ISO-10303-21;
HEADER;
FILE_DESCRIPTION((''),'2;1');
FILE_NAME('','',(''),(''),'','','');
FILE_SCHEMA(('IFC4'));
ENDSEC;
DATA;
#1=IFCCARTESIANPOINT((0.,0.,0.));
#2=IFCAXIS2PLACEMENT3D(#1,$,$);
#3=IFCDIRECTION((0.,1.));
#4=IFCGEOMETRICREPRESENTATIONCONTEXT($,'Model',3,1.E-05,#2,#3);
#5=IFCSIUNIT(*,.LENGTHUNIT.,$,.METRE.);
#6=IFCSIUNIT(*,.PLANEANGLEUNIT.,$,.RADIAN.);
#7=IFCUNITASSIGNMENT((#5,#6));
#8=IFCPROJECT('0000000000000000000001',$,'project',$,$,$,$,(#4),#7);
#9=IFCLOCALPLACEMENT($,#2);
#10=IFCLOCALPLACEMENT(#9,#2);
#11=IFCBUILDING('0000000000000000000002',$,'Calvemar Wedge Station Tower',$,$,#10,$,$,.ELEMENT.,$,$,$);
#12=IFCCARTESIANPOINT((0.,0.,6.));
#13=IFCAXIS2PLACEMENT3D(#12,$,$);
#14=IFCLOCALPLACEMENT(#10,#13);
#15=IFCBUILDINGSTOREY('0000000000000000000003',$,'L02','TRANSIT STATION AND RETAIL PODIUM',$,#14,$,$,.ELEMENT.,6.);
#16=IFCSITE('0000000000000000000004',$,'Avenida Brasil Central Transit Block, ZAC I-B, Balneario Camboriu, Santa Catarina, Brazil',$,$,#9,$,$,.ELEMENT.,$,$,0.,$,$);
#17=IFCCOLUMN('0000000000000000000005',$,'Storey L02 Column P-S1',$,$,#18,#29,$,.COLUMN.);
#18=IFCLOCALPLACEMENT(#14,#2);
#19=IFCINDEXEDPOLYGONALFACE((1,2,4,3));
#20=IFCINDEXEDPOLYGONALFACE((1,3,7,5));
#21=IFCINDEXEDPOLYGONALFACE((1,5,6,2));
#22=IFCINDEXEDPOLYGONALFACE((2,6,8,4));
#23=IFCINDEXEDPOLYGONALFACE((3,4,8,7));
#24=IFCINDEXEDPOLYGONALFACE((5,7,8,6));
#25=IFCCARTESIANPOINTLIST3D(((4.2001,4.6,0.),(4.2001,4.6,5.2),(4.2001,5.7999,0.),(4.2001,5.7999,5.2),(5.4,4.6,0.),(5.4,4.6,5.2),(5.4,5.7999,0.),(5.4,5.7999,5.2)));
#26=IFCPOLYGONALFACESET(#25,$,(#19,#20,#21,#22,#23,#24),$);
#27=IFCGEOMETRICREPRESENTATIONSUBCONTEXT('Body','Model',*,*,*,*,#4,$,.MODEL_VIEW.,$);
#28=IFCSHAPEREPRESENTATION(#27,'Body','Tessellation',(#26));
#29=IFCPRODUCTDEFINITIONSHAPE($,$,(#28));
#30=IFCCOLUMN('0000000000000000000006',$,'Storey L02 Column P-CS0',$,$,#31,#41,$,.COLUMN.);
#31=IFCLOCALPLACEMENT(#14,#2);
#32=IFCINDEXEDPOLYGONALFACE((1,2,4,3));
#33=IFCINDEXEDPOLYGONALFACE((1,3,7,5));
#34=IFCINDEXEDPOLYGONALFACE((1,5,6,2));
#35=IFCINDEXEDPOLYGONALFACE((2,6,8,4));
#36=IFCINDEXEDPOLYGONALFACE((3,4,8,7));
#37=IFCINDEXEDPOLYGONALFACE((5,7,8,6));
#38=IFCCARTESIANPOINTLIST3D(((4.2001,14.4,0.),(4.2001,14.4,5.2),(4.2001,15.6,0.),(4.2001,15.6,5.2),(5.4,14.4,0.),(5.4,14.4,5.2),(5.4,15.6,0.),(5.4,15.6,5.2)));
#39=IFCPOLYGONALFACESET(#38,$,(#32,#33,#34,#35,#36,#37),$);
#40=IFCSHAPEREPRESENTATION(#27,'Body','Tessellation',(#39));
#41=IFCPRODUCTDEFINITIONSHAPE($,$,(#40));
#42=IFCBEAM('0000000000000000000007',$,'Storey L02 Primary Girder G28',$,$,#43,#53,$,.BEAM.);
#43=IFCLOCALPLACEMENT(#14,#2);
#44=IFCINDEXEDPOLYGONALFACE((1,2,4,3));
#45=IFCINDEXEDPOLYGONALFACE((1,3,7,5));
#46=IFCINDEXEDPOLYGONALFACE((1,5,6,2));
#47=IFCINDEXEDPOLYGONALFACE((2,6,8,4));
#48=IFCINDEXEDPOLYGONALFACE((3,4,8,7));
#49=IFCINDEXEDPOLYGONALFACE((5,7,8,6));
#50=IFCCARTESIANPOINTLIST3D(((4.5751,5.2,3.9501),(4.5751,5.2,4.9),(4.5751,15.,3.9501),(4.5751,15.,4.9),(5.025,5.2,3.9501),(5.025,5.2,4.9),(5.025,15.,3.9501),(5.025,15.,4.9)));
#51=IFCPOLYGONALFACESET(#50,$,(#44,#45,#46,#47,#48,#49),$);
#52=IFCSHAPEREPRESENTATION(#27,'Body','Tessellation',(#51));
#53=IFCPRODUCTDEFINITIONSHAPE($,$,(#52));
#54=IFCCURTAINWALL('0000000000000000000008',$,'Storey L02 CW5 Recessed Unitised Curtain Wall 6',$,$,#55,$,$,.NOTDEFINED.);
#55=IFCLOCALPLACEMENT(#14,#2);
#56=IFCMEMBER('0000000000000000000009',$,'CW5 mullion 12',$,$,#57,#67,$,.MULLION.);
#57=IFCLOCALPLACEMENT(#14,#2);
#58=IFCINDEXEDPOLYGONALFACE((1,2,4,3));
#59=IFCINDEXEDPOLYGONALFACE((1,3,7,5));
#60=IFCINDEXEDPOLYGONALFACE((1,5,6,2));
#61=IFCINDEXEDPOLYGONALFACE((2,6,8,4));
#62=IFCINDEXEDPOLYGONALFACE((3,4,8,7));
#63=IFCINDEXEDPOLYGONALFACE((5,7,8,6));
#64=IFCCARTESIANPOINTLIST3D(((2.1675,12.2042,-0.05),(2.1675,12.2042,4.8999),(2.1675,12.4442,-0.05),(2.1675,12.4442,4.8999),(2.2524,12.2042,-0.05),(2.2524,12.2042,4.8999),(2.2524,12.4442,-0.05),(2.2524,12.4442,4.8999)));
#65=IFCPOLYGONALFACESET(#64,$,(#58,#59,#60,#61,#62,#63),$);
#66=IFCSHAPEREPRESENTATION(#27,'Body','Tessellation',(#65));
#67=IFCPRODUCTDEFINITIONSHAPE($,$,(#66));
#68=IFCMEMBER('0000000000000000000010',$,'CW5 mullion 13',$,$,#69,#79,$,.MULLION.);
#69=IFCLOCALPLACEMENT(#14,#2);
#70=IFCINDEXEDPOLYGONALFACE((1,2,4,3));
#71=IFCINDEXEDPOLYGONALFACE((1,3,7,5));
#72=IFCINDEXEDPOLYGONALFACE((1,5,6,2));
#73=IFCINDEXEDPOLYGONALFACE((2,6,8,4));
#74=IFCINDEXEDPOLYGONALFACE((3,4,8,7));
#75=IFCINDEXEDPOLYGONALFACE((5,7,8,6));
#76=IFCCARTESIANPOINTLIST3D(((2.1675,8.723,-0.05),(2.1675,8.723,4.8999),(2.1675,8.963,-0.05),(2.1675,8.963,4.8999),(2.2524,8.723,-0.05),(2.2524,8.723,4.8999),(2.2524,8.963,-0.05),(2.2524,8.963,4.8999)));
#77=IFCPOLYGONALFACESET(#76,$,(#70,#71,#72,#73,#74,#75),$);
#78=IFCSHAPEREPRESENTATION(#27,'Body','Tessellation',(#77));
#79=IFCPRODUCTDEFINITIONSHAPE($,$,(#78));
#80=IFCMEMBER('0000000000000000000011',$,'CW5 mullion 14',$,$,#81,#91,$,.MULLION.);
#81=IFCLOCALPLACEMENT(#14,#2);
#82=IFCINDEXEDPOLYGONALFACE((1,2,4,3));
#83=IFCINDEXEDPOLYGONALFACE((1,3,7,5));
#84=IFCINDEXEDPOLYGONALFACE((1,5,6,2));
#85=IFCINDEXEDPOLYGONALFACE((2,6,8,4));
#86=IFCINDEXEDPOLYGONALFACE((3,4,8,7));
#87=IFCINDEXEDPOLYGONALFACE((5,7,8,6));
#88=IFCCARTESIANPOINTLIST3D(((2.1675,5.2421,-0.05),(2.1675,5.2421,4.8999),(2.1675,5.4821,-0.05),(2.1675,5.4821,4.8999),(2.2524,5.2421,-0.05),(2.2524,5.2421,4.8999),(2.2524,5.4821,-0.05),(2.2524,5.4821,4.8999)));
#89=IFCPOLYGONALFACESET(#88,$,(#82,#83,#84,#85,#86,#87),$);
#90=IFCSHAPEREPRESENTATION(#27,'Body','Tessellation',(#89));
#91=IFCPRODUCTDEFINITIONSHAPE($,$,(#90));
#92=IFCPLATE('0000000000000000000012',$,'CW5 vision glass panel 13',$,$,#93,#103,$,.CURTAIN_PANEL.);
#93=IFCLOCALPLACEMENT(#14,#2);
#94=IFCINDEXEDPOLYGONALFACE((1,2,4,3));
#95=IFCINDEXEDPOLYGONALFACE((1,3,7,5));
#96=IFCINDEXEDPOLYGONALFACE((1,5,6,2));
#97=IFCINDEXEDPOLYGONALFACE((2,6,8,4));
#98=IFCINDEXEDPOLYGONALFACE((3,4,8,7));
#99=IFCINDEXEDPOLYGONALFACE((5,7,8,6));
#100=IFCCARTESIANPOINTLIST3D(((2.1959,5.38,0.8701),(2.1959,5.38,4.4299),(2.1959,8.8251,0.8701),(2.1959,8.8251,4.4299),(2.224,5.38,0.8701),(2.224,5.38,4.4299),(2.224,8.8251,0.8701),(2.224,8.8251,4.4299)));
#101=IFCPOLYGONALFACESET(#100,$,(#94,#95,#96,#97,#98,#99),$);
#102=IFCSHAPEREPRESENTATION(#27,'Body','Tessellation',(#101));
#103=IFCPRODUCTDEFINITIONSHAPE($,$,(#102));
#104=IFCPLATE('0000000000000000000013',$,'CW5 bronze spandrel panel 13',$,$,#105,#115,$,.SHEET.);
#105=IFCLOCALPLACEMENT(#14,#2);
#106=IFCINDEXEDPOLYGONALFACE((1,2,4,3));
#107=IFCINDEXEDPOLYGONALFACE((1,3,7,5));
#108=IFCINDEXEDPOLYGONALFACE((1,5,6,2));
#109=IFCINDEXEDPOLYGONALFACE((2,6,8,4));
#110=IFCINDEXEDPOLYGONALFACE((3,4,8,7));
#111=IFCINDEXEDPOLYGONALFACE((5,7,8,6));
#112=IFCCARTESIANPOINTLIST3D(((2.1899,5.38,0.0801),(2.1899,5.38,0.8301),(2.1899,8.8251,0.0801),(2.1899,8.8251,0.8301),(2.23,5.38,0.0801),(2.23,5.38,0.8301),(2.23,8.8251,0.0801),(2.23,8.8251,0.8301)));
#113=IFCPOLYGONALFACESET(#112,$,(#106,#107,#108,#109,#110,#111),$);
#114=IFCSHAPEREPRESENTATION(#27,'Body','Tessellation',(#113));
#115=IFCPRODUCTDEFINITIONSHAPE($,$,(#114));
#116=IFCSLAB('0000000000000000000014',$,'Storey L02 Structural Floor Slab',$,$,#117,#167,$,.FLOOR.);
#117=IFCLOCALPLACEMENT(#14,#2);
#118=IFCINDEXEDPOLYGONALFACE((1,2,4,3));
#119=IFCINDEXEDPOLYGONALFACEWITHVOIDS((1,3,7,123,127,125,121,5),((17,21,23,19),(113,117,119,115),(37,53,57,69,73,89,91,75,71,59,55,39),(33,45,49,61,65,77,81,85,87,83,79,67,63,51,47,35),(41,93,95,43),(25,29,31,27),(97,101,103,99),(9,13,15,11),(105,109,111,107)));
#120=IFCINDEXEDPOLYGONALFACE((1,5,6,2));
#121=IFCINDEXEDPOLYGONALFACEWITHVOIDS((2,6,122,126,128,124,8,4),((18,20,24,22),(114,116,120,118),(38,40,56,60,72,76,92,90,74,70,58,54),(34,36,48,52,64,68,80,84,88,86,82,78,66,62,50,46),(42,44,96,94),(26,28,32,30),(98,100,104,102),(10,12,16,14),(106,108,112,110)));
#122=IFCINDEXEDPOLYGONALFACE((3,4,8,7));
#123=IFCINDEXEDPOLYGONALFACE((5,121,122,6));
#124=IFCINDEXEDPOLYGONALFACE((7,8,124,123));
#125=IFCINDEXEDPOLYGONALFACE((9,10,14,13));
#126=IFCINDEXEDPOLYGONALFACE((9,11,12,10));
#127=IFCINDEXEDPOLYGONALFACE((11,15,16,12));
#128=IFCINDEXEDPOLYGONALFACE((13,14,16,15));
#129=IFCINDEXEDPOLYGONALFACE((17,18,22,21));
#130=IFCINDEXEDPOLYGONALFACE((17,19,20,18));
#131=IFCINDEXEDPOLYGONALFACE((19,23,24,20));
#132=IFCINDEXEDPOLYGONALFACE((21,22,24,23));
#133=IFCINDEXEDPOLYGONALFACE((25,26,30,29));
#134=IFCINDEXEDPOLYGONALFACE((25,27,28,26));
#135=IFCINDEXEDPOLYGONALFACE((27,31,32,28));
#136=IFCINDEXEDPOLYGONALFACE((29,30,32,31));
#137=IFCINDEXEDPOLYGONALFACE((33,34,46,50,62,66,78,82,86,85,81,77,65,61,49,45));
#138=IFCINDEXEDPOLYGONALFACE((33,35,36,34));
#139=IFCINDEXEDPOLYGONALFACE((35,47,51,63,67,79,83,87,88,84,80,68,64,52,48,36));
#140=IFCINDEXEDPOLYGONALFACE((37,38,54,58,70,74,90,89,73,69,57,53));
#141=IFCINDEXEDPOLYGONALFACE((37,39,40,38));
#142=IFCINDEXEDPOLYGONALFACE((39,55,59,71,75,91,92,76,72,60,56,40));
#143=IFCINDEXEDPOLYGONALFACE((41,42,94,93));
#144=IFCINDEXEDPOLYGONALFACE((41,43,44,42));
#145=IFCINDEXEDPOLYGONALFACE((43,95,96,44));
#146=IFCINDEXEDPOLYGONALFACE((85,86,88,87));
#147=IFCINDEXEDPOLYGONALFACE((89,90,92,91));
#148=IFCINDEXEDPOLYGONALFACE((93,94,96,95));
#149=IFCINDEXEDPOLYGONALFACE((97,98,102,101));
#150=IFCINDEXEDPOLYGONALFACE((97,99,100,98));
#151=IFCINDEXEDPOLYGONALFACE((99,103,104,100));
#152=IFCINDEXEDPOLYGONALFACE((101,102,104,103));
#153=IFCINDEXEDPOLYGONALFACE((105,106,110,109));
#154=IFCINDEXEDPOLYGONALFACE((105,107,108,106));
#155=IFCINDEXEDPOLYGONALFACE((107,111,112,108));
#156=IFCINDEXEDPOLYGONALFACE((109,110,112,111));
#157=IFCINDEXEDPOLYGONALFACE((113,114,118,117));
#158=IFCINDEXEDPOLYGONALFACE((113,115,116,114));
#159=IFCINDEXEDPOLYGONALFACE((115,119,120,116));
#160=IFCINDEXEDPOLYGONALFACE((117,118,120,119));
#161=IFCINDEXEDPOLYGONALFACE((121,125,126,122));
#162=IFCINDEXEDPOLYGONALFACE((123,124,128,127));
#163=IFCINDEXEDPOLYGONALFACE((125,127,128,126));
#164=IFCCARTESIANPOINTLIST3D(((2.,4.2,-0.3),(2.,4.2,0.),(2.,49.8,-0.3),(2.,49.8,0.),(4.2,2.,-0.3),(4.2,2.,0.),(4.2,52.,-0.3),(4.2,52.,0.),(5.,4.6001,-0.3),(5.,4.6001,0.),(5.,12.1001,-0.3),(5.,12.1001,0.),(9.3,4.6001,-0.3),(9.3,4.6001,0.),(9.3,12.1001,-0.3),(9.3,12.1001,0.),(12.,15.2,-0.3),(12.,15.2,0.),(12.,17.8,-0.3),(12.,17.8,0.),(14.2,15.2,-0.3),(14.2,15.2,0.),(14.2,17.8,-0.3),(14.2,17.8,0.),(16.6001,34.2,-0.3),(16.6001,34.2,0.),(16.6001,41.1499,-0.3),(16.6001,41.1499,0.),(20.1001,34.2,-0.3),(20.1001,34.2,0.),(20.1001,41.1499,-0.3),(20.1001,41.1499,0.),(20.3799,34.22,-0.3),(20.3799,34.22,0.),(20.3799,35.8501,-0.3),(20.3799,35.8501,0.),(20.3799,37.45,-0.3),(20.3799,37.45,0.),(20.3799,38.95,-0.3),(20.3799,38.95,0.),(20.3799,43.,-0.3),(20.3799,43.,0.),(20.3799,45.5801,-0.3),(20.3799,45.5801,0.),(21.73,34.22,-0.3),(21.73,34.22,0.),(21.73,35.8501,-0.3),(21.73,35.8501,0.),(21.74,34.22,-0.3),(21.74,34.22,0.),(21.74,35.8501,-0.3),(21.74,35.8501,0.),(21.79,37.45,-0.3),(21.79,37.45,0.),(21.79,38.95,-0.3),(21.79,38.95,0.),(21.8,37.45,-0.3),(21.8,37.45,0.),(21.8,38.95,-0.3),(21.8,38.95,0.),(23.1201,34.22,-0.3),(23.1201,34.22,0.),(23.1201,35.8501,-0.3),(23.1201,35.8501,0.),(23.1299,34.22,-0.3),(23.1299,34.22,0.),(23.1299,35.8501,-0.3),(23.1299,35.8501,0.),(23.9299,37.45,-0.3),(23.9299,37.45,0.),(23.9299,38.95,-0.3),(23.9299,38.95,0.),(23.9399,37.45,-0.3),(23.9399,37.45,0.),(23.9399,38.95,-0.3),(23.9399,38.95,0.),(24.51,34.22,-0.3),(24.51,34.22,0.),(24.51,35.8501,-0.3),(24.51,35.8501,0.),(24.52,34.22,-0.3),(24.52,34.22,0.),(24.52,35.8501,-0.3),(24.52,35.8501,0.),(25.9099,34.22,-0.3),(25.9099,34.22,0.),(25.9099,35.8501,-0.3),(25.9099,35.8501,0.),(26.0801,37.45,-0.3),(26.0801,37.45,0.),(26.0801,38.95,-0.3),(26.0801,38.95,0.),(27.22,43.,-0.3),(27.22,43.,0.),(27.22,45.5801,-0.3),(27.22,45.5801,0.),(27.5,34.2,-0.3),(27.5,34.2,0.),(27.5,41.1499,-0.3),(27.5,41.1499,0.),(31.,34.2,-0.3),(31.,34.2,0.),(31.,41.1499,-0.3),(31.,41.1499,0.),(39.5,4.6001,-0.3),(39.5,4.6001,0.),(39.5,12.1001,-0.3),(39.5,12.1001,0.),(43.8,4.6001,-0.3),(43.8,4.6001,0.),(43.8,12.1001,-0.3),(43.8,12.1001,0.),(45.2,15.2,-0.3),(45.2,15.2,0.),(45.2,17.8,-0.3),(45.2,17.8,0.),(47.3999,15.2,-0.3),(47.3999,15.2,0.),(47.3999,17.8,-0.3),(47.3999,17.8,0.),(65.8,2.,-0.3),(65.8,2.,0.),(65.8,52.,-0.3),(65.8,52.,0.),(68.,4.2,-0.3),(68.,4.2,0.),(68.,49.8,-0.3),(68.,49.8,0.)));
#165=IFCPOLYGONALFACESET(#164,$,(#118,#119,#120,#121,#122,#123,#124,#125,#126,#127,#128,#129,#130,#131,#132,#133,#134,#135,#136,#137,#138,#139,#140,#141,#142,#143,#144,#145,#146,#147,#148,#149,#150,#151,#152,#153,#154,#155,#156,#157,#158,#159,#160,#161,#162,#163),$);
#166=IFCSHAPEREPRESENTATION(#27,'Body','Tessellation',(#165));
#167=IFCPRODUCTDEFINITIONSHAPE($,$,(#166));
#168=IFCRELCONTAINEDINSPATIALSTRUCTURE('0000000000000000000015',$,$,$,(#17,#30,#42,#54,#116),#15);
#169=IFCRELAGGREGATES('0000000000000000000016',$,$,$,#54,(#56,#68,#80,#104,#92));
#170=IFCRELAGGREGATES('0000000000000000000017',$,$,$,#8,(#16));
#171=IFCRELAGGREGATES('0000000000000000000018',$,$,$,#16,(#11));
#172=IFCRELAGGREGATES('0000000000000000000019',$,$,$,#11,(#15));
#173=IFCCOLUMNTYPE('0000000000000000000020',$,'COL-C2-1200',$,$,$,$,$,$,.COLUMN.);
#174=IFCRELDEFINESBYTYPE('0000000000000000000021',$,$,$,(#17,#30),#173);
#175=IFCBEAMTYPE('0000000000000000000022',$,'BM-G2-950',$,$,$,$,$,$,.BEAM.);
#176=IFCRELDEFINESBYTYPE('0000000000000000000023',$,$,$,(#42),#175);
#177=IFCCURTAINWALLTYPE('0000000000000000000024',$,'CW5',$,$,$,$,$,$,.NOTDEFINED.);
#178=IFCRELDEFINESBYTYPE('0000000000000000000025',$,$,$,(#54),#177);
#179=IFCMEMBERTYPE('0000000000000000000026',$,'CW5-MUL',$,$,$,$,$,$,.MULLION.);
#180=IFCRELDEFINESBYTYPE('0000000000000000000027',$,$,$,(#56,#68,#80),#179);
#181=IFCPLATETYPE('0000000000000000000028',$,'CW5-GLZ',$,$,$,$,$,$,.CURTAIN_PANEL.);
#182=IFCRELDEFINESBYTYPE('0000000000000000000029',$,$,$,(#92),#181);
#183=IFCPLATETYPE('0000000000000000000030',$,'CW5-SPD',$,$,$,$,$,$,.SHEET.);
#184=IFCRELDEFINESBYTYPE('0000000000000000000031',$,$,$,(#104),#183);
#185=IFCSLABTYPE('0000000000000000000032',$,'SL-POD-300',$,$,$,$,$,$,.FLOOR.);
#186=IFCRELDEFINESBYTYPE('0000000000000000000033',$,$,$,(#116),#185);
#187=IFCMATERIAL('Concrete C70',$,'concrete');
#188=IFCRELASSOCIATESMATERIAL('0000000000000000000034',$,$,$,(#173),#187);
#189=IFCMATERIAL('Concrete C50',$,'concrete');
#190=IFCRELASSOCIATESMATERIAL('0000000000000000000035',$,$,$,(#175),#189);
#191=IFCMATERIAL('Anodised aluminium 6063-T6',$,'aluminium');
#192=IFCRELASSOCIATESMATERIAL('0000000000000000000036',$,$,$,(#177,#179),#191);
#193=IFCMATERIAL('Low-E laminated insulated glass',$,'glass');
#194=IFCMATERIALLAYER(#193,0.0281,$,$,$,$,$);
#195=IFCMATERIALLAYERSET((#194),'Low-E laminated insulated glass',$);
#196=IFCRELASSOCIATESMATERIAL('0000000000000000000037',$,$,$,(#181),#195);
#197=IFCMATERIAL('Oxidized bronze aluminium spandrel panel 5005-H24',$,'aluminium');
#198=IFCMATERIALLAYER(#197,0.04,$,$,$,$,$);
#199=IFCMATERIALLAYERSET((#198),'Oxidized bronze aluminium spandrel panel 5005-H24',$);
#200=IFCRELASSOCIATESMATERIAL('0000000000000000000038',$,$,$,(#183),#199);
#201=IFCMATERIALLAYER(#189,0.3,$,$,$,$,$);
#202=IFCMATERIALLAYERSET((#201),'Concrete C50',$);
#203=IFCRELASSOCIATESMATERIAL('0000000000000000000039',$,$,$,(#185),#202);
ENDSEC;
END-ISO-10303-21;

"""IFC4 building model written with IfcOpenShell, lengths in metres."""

from ifc_helpers import new_model, si_unit, direction, frame, frame_2d, origin, origin_2d, place, context, subcontext, project, spatial, polyline, rectangle, outline, extrude, source, transform, mapped, material, layer, layer_set, material_profile, profile_set, type_object, element, aggregate, save


model = new_model("IFC4")

# Units and contexts
model_context = context("Model", 3, precision=1e-05, world=origin(), true_north=direction((0.0, 1.0)))
body_context = subcontext(model_context, "Body", "Model", "MODEL_VIEW")
ifc_project = project(units=[si_unit("LENGTHUNIT", "METRE"), si_unit("PLANEANGLEUNIT", "RADIAN")], contexts=[model_context])

# Site, building, storey
site_placement = place(None, origin())
site = spatial("IfcSite", under=ifc_project, at=site_placement, Name="Avenida Brasil Central Transit Block, ZAC I-B, Balneario Camboriu, Santa Catarina, Brazil", CompositionType="ELEMENT", RefElevation=0.0)
building_placement = place(site_placement, origin())
building = spatial("IfcBuilding", under=site, at=building_placement, Name="Calvemar Wedge Station Tower", CompositionType="ELEMENT")
storey_placement = place(building_placement, frame((0.0, 0.0, 6.0)))
storey = spatial("IfcBuildingStorey", under=building, at=storey_placement, Name="L02", Description="TRANSIT STATION AND RETAIL PODIUM", CompositionType="ELEMENT", Elevation=6.0)

# Columns
ifc_material_1 = material(Name="Concrete C70", Category="concrete")
ifc_material_profile_1 = material_profile(ifc_material_1, rectangle(XDim=1.2, YDim=1.2, at=origin_2d()), Name="RC1200x1200")
ifc_profile_set_1 = profile_set([ifc_material_profile_1], Name="Concrete C70")
column_type = type_object("IfcColumnType", Name="COL-C2-1200", PredefinedType="COLUMN", material=ifc_profile_set_1)
shared_shape_1 = source(origin(), body_context, "Body", "SweptSolid", [
    extrude(rectangle(XDim=1.2, YDim=1.2, at=origin_2d()), origin(), (0.0, 0.0, 1.0), 5.2),
])
for number, where, z_axis, x_axis, name in (
    (1, (4.8, 5.2, 0.0), (0.0, 0.0, 1.0), (1.0, 0.0, 0.0), "Storey L02 Column P-S1"),
    (2, (4.8, 15.0, 0.0), (0.0, 0.0, 1.0), (1.0, 0.0, 0.0), "Storey L02 Column P-CS0"),
):
    element("IfcColumn", number, at=place(storey_placement, frame(where, z_axis=z_axis, x_axis=x_axis)), inside=storey, type_object=column_type, Name=name, PredefinedType="COLUMN", context=body_context, shape_type="MappedRepresentation", body=[
        mapped(shared_shape_1, transform((0.0, 0.0, 0.0), scale=1.0)),
    ])

# Beam
ifc_material_2 = material(Name="Concrete C50", Category="concrete")
ifc_material_profile_2 = material_profile(ifc_material_2, rectangle(XDim=0.45, YDim=0.95, at=origin_2d()), Name="RC450x950")
ifc_profile_set_2 = profile_set([ifc_material_profile_2], Name="Concrete C50")
beam_type = type_object("IfcBeamType", Name="BM-G2-950", PredefinedType="BEAM", material=ifc_profile_set_2)
shared_shape_2 = source(origin(), body_context, "Body", "SweptSolid", [
    extrude(rectangle(XDim=0.45, YDim=0.95, at=origin_2d()), origin(), (0.0, 0.0, 1.0), 9.8),
])
beam_placement = place(storey_placement, frame((4.8, 5.2, 4.425), z_axis=(0.0, 1.0, 0.0), x_axis=(-1.0, 0.0, 0.0)))
element("IfcBeam", 3, at=beam_placement, inside=storey, type_object=beam_type, Name="Storey L02 Primary Girder G28", PredefinedType="BEAM", context=body_context, shape_type="MappedRepresentation", body=[
    mapped(shared_shape_2, transform((0.0, 0.0, 0.0), scale=1.0)),
])

# Curtain wall, members, plates
ifc_material_3 = material(Name="Anodised aluminium 6063-T6", Category="aluminium")
curtain_wall_type = type_object("IfcCurtainWallType", Name="CW5", PredefinedType="NOTDEFINED", material=ifc_material_3)
curtain_wall_placement = place(storey_placement, origin())
curtain_wall = element("IfcCurtainWall", 4, at=curtain_wall_placement, inside=storey, type_object=curtain_wall_type, Name="Storey L02 CW5 Recessed Unitised Curtain Wall 6", PredefinedType="NOTDEFINED")
ifc_material_profile_3 = material_profile(ifc_material_3, rectangle(XDim=0.085, YDim=0.24, at=origin_2d()), Name="AL-MUL-85x240")
ifc_profile_set_3 = profile_set([ifc_material_profile_3], Name="Anodised aluminium 6063-T6")
member_type = type_object("IfcMemberType", Name="CW5-MUL", PredefinedType="MULLION", material=ifc_profile_set_3)
shared_shape_3 = source(origin(), body_context, "Body", "SweptSolid", [
    extrude(rectangle(XDim=0.085, YDim=0.24, at=origin_2d()), origin(), (0.0, 0.0, 1.0), 4.95),
])
member_1_placement = place(storey_placement, frame((2.21, 12.3242, -0.05), z_axis=(0.0, 0.0, 1.0), x_axis=(1.0, 0.0, 0.0)))
member_1 = element("IfcMember", 5, at=member_1_placement, type_object=member_type, Name="CW5 mullion 12", PredefinedType="MULLION", context=body_context, shape_type="MappedRepresentation", body=[
    mapped(shared_shape_3, transform((0.0, 0.0, 0.0), scale=1.0)),
])
member_2_placement = place(storey_placement, frame((2.21, 8.843, -0.05), z_axis=(0.0, 0.0, 1.0), x_axis=(1.0, 0.0, 0.0)))
member_2 = element("IfcMember", 6, at=member_2_placement, type_object=member_type, Name="CW5 mullion 13", PredefinedType="MULLION", context=body_context, shape_type="MappedRepresentation", body=[
    mapped(shared_shape_3, transform((0.0, 0.0, 0.0), scale=1.0)),
])
member_3_placement = place(storey_placement, frame((2.21, 5.3621, -0.05), z_axis=(0.0, 0.0, 1.0), x_axis=(1.0, 0.0, 0.0)))
member_3 = element("IfcMember", 7, at=member_3_placement, type_object=member_type, Name="CW5 mullion 14", PredefinedType="MULLION", context=body_context, shape_type="MappedRepresentation", body=[
    mapped(shared_shape_3, transform((0.0, 0.0, 0.0), scale=1.0)),
])
ifc_material_4 = material(Name="Low-E laminated insulated glass", Category="glass")
ifc_layer_1 = layer(ifc_material_4, 0.0281)
ifc_layer_set_1 = layer_set([ifc_layer_1], Name="Low-E laminated insulated glass")
plate_type_1 = type_object("IfcPlateType", Name="CW5-GLZ", PredefinedType="CURTAIN_PANEL", material=ifc_layer_set_1)
plate_1_placement = place(storey_placement, frame((2.21, 8.8252, 0.8701), z_axis=(0.0, 0.0, 1.0), x_axis=(0.0, -1.0, 0.0)))
plate_1 = element("IfcPlate", 8, at=plate_1_placement, type_object=plate_type_1, Name="CW5 vision glass panel 13", PredefinedType="CURTAIN_PANEL", context=body_context, shape_type="SweptSolid", body=[
    extrude(rectangle(XDim=3.4451, YDim=0.0281, at=frame_2d((1.7227, 0.0))), origin(), (0.0, 0.0, 1.0), 3.5598),
])
ifc_material_5 = material(Name="Oxidized bronze aluminium spandrel panel 5005-H24", Category="aluminium")
ifc_layer_2 = layer(ifc_material_5, 0.04)
ifc_layer_set_2 = layer_set([ifc_layer_2], Name="Oxidized bronze aluminium spandrel panel 5005-H24")
plate_type_2 = type_object("IfcPlateType", Name="CW5-SPD", PredefinedType="SHEET", material=ifc_layer_set_2)
plate_2_placement = place(storey_placement, frame((2.21, 8.8252, 0.0801), z_axis=(0.0, 0.0, 1.0), x_axis=(0.0, -1.0, 0.0)))
plate_2 = element("IfcPlate", 9, at=plate_2_placement, type_object=plate_type_2, Name="CW5 bronze spandrel panel 13", PredefinedType="SHEET", context=body_context, shape_type="SweptSolid", body=[
    extrude(rectangle(XDim=3.4451, YDim=0.04, at=frame_2d((1.7227, 0.0))), origin(), (0.0, 0.0, 1.0), 0.75),
])
aggregate(curtain_wall, [member_1, member_2, member_3, plate_2, plate_1])

# Slab
ifc_layer_3 = layer(ifc_material_2, 0.3)
ifc_layer_set_3 = layer_set([ifc_layer_3], Name="Concrete C50")
slab_type_1 = type_object("IfcSlabType", Name="SL-POD-300", PredefinedType="FLOOR", material=ifc_layer_set_3)
slab_1_placement = place(storey_placement, frame((0.0, 0.0, -0.3)))
element("IfcSlab", 10, at=slab_1_placement, inside=storey, type_object=slab_type_1, Name="Storey L02 Structural Floor Slab", PredefinedType="FLOOR", context=body_context, shape_type="SweptSolid", body=[
    extrude(outline(polyline([(4.2, 2.0), (65.8, 2.0), (68.0, 4.2), (68.0, 49.8), (65.8, 52.0), (4.2, 52.0), (2.0, 49.8), (2.0, 4.2), (4.2, 2.0)]), holes=[polyline([(5.0, 4.6001), (9.3, 4.6001), (9.3, 12.1001), (5.0, 12.1001), (5.0, 4.6001)]), polyline([(12.0, 15.2), (14.2, 15.2), (14.2, 17.8), (12.0, 17.8), (12.0, 15.2)]), polyline([(21.73, 34.22), (21.74, 34.22), (23.1201, 34.22), (23.1299, 34.22), (24.51, 34.22), (24.52, 34.22), (25.9099, 34.22), (25.9099, 35.8501), (24.52, 35.8501), (24.51, 35.8501), (23.1299, 35.8501), (23.1201, 35.8501), (21.74, 35.8501), (21.73, 35.8501), (20.3799, 35.8501), (20.3799, 34.22), (21.73, 34.22)]), polyline([(16.6001, 41.1499), (16.6001, 34.2), (20.1001, 34.2), (20.1001, 41.1499), (16.6001, 41.1499)]), polyline([(23.9399, 37.45), (26.0801, 37.45), (26.0801, 38.95), (23.9399, 38.95), (23.9299, 38.95), (21.8, 38.95), (21.79, 38.95), (20.3799, 38.95), (20.3799, 37.45), (21.79, 37.45), (21.8, 37.45), (23.9299, 37.45), (23.9399, 37.45)]), polyline([(39.5, 4.6001), (43.8, 4.6001), (43.8, 12.1001), (39.5, 12.1001), (39.5, 4.6001)]), polyline([(45.2, 15.2), (47.3999, 15.2), (47.3999, 17.8), (45.2, 17.8), (45.2, 15.2)]), polyline([(27.5, 41.1499), (27.5, 34.2), (31.0, 34.2), (31.0, 41.1499), (27.5, 41.1499)]), polyline([(20.3799, 43.0), (27.22, 43.0), (27.22, 45.5801), (20.3799, 45.5801), (20.3799, 43.0)])]), origin(), (0.0, 0.0, 1.0), 0.3),
])

save(model, "model.ifc")
